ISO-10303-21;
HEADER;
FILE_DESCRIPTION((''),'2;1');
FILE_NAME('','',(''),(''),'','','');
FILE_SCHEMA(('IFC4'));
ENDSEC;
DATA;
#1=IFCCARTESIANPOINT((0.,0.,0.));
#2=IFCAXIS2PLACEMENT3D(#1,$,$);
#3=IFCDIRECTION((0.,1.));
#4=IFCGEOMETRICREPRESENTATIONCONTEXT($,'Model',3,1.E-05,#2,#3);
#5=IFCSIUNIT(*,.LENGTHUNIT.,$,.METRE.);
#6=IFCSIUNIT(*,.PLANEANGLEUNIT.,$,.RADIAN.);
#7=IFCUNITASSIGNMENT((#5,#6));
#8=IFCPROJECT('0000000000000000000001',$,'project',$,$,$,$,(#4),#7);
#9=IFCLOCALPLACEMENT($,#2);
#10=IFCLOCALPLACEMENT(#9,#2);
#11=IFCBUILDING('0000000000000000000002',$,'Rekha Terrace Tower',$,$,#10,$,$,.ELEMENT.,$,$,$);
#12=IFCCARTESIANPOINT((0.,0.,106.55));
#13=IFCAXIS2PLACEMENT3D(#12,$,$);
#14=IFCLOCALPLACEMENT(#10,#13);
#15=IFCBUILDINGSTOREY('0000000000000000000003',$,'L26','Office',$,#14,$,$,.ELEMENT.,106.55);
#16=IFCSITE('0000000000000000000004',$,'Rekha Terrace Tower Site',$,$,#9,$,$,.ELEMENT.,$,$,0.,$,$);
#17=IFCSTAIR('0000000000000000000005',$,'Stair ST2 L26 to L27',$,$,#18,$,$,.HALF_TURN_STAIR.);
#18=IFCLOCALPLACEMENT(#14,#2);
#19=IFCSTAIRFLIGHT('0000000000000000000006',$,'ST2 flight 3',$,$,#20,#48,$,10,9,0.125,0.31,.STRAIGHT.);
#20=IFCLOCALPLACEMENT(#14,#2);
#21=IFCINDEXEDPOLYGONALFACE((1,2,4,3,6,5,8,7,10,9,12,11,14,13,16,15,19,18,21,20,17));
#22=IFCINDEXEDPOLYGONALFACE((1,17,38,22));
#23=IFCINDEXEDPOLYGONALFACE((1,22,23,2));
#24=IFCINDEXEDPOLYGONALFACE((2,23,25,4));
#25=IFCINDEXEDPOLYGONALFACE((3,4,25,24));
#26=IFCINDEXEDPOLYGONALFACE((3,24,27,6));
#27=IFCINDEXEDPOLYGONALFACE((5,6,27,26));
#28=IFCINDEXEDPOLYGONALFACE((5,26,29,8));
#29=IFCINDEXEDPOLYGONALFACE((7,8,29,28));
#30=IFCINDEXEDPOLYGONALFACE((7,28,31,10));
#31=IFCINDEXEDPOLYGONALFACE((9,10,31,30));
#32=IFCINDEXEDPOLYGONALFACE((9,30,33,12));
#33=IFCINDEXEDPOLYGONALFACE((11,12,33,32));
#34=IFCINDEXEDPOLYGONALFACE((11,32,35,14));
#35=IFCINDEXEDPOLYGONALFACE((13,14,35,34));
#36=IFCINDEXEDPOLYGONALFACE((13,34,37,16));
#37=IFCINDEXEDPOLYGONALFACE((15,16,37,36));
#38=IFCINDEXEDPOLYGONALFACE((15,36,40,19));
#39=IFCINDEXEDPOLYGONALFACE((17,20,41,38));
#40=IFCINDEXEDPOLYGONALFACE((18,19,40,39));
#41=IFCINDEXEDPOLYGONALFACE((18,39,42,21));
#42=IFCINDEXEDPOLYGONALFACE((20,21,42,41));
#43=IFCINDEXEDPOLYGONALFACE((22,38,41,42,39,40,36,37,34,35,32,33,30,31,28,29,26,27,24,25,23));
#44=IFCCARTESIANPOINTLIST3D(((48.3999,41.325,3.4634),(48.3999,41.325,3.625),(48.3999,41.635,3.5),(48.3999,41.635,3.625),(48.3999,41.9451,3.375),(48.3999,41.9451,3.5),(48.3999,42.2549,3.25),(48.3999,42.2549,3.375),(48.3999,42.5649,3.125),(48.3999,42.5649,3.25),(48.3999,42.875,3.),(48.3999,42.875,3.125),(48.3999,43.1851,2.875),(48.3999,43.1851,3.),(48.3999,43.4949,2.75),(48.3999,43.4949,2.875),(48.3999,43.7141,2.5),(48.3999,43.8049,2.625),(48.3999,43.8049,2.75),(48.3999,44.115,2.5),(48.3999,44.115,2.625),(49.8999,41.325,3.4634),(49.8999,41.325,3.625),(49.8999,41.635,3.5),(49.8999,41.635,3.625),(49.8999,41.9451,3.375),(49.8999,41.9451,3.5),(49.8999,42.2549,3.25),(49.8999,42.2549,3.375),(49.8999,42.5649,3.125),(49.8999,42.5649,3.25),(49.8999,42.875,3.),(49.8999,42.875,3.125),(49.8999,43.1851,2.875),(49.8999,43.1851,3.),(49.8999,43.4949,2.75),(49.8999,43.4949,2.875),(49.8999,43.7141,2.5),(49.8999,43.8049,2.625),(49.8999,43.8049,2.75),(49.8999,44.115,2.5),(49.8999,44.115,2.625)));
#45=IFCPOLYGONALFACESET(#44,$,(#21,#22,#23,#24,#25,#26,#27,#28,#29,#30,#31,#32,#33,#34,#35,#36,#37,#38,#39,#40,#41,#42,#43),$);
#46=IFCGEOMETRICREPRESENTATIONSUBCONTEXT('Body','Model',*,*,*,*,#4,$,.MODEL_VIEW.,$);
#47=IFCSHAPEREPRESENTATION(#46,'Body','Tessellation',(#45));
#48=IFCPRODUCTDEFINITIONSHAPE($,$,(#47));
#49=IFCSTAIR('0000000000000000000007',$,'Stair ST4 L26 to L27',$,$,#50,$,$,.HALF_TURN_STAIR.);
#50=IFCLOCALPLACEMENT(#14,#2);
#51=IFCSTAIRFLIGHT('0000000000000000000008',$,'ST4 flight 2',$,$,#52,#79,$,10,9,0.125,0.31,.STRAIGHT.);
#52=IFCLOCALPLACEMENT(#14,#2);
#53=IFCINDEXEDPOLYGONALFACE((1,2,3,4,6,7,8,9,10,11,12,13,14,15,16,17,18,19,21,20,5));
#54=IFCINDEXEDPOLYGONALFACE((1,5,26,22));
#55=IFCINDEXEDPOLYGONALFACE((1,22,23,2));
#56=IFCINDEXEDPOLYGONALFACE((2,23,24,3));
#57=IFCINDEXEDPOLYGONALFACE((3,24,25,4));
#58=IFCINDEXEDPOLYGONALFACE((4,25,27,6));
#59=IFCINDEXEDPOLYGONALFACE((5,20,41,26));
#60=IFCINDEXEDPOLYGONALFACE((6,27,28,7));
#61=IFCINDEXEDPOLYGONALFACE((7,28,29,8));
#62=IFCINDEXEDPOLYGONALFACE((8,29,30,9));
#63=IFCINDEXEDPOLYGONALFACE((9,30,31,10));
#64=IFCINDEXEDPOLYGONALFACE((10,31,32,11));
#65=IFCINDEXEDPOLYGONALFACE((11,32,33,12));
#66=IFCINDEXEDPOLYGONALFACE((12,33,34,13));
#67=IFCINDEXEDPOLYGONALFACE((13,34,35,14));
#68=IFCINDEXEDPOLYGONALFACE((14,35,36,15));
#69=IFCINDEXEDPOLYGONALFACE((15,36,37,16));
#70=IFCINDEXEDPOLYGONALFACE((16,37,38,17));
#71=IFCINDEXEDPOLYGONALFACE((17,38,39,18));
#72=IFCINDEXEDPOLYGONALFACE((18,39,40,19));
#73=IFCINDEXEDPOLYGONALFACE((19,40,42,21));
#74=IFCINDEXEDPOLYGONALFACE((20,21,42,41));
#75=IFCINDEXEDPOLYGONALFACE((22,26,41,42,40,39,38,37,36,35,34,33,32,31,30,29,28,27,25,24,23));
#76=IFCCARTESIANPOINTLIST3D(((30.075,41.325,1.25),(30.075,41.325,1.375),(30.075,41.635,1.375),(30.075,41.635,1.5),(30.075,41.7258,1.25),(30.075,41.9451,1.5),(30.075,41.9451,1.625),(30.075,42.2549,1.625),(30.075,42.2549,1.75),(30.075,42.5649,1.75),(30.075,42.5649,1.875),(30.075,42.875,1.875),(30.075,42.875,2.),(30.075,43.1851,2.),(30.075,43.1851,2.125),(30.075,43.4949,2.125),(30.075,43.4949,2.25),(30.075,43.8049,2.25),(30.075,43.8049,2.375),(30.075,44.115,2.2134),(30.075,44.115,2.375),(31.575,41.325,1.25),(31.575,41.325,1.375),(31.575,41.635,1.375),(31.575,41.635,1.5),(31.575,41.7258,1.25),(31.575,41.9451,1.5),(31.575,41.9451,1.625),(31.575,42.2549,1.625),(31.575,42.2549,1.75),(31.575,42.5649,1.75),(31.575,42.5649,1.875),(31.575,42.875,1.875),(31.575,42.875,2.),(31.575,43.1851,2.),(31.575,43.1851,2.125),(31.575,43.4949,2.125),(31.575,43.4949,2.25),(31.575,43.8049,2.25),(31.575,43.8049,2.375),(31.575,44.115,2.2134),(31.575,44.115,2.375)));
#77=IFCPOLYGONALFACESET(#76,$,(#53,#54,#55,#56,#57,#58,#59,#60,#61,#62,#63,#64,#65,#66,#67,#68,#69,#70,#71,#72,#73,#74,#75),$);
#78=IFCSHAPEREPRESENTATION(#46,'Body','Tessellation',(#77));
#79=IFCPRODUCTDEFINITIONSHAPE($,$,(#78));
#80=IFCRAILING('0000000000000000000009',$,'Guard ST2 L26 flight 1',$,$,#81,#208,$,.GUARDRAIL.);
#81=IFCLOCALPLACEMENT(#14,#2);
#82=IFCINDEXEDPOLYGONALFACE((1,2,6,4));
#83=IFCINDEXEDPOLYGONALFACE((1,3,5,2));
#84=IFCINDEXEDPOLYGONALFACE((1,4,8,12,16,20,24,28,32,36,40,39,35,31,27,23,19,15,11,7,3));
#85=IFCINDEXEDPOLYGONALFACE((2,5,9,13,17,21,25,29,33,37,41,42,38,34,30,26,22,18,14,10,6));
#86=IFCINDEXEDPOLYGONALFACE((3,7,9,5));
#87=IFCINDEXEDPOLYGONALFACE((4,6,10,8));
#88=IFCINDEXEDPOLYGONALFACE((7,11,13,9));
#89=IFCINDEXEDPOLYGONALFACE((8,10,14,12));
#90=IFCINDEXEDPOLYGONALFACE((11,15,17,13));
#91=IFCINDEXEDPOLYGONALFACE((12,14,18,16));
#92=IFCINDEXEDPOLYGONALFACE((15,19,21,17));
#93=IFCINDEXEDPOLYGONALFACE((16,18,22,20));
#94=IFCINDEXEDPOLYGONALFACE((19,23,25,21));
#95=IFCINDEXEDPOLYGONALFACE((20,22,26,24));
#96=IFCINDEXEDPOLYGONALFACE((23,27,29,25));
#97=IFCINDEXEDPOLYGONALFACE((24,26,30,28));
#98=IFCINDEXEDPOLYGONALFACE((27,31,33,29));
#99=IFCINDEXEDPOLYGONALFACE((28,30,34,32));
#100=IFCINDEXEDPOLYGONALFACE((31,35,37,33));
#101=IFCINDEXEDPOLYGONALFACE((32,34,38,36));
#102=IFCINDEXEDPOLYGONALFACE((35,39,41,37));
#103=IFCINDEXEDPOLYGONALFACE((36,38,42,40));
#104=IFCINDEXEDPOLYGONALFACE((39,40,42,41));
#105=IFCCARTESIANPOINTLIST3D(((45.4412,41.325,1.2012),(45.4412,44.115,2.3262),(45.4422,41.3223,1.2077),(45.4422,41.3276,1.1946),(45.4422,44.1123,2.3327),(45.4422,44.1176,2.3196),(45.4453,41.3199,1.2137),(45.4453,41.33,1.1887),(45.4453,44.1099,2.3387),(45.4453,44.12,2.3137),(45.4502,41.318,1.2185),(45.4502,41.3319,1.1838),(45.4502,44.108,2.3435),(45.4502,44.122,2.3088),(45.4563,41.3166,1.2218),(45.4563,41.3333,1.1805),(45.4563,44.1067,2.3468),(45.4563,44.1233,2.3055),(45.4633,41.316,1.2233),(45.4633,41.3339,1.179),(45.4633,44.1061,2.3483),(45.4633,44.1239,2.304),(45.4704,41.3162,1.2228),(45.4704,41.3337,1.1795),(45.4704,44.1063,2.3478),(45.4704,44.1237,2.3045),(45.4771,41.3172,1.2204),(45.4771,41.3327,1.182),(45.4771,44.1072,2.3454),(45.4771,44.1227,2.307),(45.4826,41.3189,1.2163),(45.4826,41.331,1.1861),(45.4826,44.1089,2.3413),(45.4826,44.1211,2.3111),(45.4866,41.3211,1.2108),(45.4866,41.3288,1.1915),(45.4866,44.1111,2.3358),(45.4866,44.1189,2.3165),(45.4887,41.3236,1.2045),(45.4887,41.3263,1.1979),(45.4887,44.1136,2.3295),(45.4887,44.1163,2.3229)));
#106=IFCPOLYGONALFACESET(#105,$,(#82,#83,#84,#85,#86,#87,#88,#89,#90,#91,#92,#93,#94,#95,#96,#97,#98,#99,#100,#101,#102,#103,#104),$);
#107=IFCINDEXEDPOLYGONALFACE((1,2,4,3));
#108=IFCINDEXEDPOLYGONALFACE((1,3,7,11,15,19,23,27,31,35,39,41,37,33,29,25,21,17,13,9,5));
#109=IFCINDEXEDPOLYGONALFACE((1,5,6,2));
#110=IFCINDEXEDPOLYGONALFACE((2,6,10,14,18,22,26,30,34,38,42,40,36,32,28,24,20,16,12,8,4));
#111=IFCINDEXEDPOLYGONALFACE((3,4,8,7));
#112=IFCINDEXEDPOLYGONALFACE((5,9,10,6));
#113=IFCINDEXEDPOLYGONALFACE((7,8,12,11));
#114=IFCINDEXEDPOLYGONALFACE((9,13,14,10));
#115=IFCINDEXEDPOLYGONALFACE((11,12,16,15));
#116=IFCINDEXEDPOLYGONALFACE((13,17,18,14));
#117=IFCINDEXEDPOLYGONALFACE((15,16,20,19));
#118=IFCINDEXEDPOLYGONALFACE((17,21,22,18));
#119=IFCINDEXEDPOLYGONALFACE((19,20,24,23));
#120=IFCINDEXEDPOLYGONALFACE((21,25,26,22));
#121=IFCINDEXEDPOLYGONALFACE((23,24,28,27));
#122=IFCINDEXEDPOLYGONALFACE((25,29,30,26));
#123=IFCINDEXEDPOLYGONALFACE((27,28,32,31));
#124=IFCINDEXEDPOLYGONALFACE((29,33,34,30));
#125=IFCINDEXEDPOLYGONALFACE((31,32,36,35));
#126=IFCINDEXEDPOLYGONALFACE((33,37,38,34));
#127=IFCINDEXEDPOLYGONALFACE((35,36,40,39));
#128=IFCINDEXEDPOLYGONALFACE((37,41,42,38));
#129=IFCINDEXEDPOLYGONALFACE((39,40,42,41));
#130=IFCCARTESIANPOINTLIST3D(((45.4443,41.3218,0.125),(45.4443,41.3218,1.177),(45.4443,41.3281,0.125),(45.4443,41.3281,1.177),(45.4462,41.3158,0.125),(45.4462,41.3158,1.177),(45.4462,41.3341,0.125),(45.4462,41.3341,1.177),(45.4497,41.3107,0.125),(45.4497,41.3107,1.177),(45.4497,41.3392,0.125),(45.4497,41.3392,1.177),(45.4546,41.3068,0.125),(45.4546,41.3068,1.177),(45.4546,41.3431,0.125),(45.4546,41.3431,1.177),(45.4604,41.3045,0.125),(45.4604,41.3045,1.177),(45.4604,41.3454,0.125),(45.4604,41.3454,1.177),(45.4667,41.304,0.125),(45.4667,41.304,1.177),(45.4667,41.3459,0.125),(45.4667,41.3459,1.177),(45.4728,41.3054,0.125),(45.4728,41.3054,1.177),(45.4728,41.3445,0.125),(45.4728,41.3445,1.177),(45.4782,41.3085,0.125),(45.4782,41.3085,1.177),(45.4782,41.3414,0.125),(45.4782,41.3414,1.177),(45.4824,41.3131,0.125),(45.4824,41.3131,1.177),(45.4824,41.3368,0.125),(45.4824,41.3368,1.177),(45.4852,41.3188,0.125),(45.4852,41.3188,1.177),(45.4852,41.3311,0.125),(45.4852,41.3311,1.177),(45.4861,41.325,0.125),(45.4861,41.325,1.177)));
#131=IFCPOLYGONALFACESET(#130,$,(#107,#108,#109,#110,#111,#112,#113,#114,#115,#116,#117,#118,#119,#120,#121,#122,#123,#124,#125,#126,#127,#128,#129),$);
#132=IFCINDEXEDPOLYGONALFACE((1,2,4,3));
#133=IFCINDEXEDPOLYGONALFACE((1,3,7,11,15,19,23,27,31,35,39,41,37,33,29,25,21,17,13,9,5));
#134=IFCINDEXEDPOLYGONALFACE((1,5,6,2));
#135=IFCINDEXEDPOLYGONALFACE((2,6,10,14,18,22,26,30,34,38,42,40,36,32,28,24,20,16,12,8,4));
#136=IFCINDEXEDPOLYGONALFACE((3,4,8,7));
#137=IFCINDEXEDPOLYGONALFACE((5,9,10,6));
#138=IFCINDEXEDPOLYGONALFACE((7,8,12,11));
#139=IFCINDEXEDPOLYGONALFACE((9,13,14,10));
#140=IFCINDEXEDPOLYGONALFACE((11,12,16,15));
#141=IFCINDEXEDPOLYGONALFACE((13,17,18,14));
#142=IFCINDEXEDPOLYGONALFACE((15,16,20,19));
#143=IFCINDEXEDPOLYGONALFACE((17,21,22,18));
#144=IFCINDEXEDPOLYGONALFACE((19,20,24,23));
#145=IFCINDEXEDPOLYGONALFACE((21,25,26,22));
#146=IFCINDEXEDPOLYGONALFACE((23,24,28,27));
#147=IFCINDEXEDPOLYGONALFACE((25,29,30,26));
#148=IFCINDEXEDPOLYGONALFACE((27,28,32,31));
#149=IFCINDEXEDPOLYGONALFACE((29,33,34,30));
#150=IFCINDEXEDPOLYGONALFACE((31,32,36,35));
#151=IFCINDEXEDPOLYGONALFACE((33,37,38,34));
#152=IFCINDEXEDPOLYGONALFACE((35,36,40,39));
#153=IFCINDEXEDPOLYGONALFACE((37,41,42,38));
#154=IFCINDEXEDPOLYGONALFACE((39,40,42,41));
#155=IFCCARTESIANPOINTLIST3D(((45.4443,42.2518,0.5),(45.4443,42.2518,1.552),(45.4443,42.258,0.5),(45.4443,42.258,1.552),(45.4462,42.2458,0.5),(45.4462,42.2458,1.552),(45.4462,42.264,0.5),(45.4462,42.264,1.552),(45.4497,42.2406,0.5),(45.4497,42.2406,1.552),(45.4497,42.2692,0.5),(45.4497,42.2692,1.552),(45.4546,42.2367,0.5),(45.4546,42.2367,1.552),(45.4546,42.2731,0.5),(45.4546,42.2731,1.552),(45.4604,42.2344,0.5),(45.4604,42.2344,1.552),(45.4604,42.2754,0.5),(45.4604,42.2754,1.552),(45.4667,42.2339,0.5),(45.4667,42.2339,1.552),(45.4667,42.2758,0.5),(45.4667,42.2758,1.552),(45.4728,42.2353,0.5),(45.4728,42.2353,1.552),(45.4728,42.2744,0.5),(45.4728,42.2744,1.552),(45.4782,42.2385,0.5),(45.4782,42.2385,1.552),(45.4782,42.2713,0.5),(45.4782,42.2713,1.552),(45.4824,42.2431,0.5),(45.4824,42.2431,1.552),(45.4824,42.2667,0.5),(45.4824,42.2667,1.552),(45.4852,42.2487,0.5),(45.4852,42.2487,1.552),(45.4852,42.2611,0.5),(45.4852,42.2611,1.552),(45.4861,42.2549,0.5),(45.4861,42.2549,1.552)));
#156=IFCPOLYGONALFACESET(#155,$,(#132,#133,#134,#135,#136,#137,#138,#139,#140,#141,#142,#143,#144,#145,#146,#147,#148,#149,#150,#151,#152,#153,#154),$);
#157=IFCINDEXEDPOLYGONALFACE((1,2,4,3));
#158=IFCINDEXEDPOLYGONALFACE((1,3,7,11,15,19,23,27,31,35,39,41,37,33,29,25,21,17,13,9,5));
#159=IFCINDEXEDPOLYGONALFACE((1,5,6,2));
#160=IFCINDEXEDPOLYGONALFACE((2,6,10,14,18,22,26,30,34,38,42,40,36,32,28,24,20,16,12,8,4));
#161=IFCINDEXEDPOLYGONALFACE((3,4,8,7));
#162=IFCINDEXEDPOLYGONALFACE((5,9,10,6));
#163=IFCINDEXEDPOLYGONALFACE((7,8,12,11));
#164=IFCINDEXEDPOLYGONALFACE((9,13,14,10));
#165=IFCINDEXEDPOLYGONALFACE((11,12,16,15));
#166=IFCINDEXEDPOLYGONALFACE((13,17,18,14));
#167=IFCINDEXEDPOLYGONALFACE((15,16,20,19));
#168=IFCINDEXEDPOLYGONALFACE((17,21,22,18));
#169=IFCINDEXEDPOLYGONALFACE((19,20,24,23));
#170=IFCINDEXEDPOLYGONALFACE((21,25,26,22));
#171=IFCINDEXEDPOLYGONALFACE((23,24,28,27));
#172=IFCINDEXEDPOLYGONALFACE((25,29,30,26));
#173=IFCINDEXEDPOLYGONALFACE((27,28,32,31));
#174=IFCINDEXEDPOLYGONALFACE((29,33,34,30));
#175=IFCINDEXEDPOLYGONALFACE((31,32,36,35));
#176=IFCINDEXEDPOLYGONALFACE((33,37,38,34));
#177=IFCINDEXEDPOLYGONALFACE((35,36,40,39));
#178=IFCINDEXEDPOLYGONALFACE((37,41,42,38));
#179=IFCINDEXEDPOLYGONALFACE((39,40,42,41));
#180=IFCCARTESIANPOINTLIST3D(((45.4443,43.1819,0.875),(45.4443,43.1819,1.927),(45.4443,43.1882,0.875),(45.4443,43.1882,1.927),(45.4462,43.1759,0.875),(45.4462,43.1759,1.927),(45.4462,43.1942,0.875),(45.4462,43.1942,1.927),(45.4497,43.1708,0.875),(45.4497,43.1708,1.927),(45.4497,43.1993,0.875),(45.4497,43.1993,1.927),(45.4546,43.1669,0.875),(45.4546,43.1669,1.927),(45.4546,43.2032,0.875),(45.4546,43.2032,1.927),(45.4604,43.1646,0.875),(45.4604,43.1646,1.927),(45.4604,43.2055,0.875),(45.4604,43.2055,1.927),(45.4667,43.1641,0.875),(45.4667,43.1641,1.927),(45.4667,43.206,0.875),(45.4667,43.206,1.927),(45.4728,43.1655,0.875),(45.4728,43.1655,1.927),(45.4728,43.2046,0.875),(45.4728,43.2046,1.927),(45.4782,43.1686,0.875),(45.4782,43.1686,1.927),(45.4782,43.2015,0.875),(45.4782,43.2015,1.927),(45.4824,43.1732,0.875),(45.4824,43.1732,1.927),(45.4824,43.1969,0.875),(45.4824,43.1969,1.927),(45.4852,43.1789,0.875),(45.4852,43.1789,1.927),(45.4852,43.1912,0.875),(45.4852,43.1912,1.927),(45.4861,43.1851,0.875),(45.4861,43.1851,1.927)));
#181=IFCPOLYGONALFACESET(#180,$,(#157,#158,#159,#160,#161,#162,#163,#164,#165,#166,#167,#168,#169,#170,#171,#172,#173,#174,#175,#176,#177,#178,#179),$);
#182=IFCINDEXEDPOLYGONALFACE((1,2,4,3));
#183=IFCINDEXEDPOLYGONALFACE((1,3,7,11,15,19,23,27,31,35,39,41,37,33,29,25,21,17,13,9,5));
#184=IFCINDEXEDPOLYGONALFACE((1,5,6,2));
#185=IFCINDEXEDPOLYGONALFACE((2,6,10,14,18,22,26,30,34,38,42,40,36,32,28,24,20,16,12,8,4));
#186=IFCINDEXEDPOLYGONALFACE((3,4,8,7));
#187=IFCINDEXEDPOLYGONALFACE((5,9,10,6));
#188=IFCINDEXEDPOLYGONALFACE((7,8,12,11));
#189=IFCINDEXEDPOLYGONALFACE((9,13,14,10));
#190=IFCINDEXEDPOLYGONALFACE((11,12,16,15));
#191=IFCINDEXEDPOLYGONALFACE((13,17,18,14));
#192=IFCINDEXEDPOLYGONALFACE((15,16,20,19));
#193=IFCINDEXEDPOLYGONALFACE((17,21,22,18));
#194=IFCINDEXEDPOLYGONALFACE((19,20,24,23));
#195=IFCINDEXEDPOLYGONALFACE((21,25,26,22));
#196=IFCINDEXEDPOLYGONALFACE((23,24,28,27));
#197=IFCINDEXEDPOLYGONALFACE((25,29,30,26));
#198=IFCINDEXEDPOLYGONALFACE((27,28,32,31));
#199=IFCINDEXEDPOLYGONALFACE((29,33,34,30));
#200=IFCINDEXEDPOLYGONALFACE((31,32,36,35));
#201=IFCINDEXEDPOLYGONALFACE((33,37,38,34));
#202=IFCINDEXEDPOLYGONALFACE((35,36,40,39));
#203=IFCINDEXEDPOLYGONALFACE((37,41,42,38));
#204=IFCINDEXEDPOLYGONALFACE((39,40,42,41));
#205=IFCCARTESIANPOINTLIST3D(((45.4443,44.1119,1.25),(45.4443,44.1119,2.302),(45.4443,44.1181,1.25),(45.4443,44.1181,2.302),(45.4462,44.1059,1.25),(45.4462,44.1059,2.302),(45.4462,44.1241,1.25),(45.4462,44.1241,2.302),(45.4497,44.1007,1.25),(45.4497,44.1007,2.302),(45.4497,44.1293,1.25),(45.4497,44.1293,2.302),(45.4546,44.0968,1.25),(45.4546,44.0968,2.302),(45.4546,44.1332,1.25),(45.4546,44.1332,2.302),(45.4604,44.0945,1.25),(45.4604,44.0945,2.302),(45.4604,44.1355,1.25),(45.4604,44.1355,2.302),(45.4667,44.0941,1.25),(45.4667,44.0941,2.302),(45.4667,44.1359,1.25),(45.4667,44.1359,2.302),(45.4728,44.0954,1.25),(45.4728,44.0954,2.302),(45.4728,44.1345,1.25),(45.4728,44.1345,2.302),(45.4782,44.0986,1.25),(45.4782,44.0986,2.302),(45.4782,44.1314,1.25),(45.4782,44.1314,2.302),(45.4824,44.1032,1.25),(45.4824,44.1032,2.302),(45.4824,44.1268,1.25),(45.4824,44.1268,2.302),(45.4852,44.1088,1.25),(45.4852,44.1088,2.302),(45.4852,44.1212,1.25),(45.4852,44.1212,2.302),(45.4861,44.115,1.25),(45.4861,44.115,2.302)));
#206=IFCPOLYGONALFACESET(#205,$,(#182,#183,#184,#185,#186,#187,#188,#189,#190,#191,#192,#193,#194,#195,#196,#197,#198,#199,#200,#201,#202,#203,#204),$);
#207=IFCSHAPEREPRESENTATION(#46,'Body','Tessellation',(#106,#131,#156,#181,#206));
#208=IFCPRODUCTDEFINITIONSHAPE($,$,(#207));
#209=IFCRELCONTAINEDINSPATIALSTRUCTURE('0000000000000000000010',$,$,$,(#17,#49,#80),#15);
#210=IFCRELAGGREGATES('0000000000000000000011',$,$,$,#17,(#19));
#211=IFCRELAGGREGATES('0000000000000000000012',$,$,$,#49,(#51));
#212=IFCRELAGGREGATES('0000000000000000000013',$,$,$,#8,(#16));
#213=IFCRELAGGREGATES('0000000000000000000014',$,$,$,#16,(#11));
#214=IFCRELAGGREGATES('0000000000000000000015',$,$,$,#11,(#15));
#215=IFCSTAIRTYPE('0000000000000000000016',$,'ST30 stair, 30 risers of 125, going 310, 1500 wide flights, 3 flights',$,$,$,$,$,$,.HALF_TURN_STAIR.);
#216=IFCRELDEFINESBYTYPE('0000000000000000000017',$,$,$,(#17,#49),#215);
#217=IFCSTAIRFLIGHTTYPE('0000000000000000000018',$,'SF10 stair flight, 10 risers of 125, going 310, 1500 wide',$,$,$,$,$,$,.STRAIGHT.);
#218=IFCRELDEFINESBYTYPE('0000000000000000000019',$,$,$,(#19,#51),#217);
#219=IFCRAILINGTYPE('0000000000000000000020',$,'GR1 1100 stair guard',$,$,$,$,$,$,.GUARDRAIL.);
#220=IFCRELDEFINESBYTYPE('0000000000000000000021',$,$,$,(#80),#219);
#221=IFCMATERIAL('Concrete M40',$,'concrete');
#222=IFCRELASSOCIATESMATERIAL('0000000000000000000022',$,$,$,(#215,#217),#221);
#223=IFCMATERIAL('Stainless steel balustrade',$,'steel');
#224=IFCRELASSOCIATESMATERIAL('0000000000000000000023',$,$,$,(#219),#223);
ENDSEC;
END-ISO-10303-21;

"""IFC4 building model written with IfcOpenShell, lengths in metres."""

from ifc_helpers import new_model, si_unit, direction, frame, origin, origin_2d, place, context, subcontext, project, spatial, polyline, circle, outline, extrude, material, type_object, element, aggregate, save


model = new_model("IFC4")

# Units and contexts
model_context = context("Model", 3, precision=1e-05, world=origin(), true_north=direction((0.0, 1.0)))
body_context = subcontext(model_context, "Body", "Model", "MODEL_VIEW")
ifc_project = project(units=[si_unit("LENGTHUNIT", "METRE"), si_unit("PLANEANGLEUNIT", "RADIAN")], contexts=[model_context])

# Site, building, storey
site_placement = place(None, origin())
site = spatial("IfcSite", under=ifc_project, at=site_placement, Name="Rekha Terrace Tower Site", CompositionType="ELEMENT", RefElevation=0.0)
building_placement = place(site_placement, origin())
building = spatial("IfcBuilding", under=site, at=building_placement, Name="Rekha Terrace Tower", CompositionType="ELEMENT")
storey_placement = place(building_placement, frame((0.0, 0.0, 106.55)))
storey = spatial("IfcBuildingStorey", under=building, at=storey_placement, Name="L26", Description="Office", CompositionType="ELEMENT", Elevation=106.55)

# Stair, stair flight
ifc_material_1 = material(Name="Concrete M40", Category="concrete")
stair_type = type_object("IfcStairType", Name="ST30 stair, 30 risers of 125, going 310, 1500 wide flights, 3 flights", PredefinedType="HALF_TURN_STAIR", material=ifc_material_1)
stair_1_placement = place(storey_placement, origin())
stair_1 = element("IfcStair", 1, at=stair_1_placement, inside=storey, type_object=stair_type, Name="Stair ST2 L26 to L27", PredefinedType="HALF_TURN_STAIR")
stair_flight_type = type_object("IfcStairFlightType", Name="SF10 stair flight, 10 risers of 125, going 310, 1500 wide", PredefinedType="STRAIGHT", material=ifc_material_1)
stair_flight_1_placement = place(storey_placement, frame((49.1499, 44.115, 2.5), z_axis=(0.0, 0.0, 1.0), x_axis=(0.0, -1.0, 0.0)))
stair_flight_1 = element("IfcStairFlight", 2, at=stair_flight_1_placement, type_object=stair_flight_type, Name="ST2 flight 3", NumberOfRisers=10, NumberOfTreads=9, PredefinedType="STRAIGHT", RiserHeight=0.125, TreadLength=0.31, context=body_context, shape_type="SweptSolid", body=[
    extrude(outline(polyline([(0.0, 0.0), (0.0, 0.125), (0.3101, 0.125), (0.3101, 0.25), (0.6201, 0.25), (0.6201, 0.375), (0.9299, 0.375), (0.9299, 0.5), (1.24, 0.5), (1.24, 0.625), (1.55, 0.625), (1.55, 0.75), (1.8601, 0.75), (1.8601, 0.875), (2.1699, 0.875), (2.1699, 1.0), (2.48, 1.0), (2.48, 1.125), (2.79, 1.125), (2.79, 1.25), (2.79, 0.9634), (0.4009, 0.0), (0.0, 0.0)])), frame((0.0, 0.75, 0.0), z_axis=(0.0, -1.0, 0.0), x_axis=(1.0, 0.0, 0.0)), (0.0, 0.0, 1.0), 1.5),
])
aggregate(stair_1, [stair_flight_1])

# Stair, stair flight
stair_2_placement = place(storey_placement, origin())
stair_2 = element("IfcStair", 3, at=stair_2_placement, inside=storey, type_object=stair_type, Name="Stair ST4 L26 to L27", PredefinedType="HALF_TURN_STAIR")
stair_flight_2_placement = place(storey_placement, frame((30.825, 41.325, 1.25), z_axis=(0.0, 0.0, 1.0), x_axis=(0.0, 1.0, 0.0)))
stair_flight_2 = element("IfcStairFlight", 4, at=stair_flight_2_placement, type_object=stair_flight_type, Name="ST4 flight 2", NumberOfRisers=10, NumberOfTreads=9, PredefinedType="STRAIGHT", RiserHeight=0.125, TreadLength=0.31, context=body_context, shape_type="SweptSolid", body=[
    extrude(outline(polyline([(0.0, 0.0), (0.0, 0.125), (0.3101, 0.125), (0.3101, 0.25), (0.6201, 0.25), (0.6201, 0.375), (0.9299, 0.375), (0.9299, 0.5), (1.24, 0.5), (1.24, 0.625), (1.55, 0.625), (1.55, 0.75), (1.8601, 0.75), (1.8601, 0.875), (2.1699, 0.875), (2.1699, 1.0), (2.48, 1.0), (2.48, 1.125), (2.79, 1.125), (2.79, 1.25), (2.79, 0.9634), (0.4009, 0.0), (0.0, 0.0)])), frame((0.0, 0.75, 0.0), z_axis=(0.0, -1.0, 0.0), x_axis=(1.0, 0.0, 0.0)), (0.0, 0.0, 1.0), 1.5),
])
aggregate(stair_2, [stair_flight_2])

# Railing
ifc_material_2 = material(Name="Stainless steel balustrade", Category="steel")
railing_type_1 = type_object("IfcRailingType", Name="GR1 1100 stair guard", PredefinedType="GUARDRAIL", material=ifc_material_2)
railing_1_placement = place(storey_placement, frame((45.4651, 41.325, 0.125)))
element("IfcRailing", 5, at=railing_1_placement, inside=storey, type_object=railing_type_1, Name="Guard ST2 L26 flight 1", PredefinedType="GUARDRAIL", context=body_context, shape_type="SweptSolid", body=[
    extrude(circle(Radius=0.0239, at=origin_2d()), frame((0.0, 0.0, 1.0762), z_axis=(0.0, 0.927443, 0.373964), x_axis=(-1.0, 0.0, 0.0)), (0.0, 0.0, 1.0), 3.0083),
    extrude(circle(Radius=0.021, at=origin_2d()), origin(), (0.0, 0.0, 1.0), 1.052),
    extrude(circle(Radius=0.021, at=origin_2d()), frame((0.0, 0.9299, 0.375)), (0.0, 0.0, 1.0), 1.052),
    extrude(circle(Radius=0.021, at=origin_2d()), frame((0.0, 1.8601, 0.75)), (0.0, 0.0, 1.0), 1.052),
    extrude(circle(Radius=0.021, at=origin_2d()), frame((0.0, 2.79, 1.125)), (0.0, 0.0, 1.0), 1.052),
])

save(model, "model.ifc")
